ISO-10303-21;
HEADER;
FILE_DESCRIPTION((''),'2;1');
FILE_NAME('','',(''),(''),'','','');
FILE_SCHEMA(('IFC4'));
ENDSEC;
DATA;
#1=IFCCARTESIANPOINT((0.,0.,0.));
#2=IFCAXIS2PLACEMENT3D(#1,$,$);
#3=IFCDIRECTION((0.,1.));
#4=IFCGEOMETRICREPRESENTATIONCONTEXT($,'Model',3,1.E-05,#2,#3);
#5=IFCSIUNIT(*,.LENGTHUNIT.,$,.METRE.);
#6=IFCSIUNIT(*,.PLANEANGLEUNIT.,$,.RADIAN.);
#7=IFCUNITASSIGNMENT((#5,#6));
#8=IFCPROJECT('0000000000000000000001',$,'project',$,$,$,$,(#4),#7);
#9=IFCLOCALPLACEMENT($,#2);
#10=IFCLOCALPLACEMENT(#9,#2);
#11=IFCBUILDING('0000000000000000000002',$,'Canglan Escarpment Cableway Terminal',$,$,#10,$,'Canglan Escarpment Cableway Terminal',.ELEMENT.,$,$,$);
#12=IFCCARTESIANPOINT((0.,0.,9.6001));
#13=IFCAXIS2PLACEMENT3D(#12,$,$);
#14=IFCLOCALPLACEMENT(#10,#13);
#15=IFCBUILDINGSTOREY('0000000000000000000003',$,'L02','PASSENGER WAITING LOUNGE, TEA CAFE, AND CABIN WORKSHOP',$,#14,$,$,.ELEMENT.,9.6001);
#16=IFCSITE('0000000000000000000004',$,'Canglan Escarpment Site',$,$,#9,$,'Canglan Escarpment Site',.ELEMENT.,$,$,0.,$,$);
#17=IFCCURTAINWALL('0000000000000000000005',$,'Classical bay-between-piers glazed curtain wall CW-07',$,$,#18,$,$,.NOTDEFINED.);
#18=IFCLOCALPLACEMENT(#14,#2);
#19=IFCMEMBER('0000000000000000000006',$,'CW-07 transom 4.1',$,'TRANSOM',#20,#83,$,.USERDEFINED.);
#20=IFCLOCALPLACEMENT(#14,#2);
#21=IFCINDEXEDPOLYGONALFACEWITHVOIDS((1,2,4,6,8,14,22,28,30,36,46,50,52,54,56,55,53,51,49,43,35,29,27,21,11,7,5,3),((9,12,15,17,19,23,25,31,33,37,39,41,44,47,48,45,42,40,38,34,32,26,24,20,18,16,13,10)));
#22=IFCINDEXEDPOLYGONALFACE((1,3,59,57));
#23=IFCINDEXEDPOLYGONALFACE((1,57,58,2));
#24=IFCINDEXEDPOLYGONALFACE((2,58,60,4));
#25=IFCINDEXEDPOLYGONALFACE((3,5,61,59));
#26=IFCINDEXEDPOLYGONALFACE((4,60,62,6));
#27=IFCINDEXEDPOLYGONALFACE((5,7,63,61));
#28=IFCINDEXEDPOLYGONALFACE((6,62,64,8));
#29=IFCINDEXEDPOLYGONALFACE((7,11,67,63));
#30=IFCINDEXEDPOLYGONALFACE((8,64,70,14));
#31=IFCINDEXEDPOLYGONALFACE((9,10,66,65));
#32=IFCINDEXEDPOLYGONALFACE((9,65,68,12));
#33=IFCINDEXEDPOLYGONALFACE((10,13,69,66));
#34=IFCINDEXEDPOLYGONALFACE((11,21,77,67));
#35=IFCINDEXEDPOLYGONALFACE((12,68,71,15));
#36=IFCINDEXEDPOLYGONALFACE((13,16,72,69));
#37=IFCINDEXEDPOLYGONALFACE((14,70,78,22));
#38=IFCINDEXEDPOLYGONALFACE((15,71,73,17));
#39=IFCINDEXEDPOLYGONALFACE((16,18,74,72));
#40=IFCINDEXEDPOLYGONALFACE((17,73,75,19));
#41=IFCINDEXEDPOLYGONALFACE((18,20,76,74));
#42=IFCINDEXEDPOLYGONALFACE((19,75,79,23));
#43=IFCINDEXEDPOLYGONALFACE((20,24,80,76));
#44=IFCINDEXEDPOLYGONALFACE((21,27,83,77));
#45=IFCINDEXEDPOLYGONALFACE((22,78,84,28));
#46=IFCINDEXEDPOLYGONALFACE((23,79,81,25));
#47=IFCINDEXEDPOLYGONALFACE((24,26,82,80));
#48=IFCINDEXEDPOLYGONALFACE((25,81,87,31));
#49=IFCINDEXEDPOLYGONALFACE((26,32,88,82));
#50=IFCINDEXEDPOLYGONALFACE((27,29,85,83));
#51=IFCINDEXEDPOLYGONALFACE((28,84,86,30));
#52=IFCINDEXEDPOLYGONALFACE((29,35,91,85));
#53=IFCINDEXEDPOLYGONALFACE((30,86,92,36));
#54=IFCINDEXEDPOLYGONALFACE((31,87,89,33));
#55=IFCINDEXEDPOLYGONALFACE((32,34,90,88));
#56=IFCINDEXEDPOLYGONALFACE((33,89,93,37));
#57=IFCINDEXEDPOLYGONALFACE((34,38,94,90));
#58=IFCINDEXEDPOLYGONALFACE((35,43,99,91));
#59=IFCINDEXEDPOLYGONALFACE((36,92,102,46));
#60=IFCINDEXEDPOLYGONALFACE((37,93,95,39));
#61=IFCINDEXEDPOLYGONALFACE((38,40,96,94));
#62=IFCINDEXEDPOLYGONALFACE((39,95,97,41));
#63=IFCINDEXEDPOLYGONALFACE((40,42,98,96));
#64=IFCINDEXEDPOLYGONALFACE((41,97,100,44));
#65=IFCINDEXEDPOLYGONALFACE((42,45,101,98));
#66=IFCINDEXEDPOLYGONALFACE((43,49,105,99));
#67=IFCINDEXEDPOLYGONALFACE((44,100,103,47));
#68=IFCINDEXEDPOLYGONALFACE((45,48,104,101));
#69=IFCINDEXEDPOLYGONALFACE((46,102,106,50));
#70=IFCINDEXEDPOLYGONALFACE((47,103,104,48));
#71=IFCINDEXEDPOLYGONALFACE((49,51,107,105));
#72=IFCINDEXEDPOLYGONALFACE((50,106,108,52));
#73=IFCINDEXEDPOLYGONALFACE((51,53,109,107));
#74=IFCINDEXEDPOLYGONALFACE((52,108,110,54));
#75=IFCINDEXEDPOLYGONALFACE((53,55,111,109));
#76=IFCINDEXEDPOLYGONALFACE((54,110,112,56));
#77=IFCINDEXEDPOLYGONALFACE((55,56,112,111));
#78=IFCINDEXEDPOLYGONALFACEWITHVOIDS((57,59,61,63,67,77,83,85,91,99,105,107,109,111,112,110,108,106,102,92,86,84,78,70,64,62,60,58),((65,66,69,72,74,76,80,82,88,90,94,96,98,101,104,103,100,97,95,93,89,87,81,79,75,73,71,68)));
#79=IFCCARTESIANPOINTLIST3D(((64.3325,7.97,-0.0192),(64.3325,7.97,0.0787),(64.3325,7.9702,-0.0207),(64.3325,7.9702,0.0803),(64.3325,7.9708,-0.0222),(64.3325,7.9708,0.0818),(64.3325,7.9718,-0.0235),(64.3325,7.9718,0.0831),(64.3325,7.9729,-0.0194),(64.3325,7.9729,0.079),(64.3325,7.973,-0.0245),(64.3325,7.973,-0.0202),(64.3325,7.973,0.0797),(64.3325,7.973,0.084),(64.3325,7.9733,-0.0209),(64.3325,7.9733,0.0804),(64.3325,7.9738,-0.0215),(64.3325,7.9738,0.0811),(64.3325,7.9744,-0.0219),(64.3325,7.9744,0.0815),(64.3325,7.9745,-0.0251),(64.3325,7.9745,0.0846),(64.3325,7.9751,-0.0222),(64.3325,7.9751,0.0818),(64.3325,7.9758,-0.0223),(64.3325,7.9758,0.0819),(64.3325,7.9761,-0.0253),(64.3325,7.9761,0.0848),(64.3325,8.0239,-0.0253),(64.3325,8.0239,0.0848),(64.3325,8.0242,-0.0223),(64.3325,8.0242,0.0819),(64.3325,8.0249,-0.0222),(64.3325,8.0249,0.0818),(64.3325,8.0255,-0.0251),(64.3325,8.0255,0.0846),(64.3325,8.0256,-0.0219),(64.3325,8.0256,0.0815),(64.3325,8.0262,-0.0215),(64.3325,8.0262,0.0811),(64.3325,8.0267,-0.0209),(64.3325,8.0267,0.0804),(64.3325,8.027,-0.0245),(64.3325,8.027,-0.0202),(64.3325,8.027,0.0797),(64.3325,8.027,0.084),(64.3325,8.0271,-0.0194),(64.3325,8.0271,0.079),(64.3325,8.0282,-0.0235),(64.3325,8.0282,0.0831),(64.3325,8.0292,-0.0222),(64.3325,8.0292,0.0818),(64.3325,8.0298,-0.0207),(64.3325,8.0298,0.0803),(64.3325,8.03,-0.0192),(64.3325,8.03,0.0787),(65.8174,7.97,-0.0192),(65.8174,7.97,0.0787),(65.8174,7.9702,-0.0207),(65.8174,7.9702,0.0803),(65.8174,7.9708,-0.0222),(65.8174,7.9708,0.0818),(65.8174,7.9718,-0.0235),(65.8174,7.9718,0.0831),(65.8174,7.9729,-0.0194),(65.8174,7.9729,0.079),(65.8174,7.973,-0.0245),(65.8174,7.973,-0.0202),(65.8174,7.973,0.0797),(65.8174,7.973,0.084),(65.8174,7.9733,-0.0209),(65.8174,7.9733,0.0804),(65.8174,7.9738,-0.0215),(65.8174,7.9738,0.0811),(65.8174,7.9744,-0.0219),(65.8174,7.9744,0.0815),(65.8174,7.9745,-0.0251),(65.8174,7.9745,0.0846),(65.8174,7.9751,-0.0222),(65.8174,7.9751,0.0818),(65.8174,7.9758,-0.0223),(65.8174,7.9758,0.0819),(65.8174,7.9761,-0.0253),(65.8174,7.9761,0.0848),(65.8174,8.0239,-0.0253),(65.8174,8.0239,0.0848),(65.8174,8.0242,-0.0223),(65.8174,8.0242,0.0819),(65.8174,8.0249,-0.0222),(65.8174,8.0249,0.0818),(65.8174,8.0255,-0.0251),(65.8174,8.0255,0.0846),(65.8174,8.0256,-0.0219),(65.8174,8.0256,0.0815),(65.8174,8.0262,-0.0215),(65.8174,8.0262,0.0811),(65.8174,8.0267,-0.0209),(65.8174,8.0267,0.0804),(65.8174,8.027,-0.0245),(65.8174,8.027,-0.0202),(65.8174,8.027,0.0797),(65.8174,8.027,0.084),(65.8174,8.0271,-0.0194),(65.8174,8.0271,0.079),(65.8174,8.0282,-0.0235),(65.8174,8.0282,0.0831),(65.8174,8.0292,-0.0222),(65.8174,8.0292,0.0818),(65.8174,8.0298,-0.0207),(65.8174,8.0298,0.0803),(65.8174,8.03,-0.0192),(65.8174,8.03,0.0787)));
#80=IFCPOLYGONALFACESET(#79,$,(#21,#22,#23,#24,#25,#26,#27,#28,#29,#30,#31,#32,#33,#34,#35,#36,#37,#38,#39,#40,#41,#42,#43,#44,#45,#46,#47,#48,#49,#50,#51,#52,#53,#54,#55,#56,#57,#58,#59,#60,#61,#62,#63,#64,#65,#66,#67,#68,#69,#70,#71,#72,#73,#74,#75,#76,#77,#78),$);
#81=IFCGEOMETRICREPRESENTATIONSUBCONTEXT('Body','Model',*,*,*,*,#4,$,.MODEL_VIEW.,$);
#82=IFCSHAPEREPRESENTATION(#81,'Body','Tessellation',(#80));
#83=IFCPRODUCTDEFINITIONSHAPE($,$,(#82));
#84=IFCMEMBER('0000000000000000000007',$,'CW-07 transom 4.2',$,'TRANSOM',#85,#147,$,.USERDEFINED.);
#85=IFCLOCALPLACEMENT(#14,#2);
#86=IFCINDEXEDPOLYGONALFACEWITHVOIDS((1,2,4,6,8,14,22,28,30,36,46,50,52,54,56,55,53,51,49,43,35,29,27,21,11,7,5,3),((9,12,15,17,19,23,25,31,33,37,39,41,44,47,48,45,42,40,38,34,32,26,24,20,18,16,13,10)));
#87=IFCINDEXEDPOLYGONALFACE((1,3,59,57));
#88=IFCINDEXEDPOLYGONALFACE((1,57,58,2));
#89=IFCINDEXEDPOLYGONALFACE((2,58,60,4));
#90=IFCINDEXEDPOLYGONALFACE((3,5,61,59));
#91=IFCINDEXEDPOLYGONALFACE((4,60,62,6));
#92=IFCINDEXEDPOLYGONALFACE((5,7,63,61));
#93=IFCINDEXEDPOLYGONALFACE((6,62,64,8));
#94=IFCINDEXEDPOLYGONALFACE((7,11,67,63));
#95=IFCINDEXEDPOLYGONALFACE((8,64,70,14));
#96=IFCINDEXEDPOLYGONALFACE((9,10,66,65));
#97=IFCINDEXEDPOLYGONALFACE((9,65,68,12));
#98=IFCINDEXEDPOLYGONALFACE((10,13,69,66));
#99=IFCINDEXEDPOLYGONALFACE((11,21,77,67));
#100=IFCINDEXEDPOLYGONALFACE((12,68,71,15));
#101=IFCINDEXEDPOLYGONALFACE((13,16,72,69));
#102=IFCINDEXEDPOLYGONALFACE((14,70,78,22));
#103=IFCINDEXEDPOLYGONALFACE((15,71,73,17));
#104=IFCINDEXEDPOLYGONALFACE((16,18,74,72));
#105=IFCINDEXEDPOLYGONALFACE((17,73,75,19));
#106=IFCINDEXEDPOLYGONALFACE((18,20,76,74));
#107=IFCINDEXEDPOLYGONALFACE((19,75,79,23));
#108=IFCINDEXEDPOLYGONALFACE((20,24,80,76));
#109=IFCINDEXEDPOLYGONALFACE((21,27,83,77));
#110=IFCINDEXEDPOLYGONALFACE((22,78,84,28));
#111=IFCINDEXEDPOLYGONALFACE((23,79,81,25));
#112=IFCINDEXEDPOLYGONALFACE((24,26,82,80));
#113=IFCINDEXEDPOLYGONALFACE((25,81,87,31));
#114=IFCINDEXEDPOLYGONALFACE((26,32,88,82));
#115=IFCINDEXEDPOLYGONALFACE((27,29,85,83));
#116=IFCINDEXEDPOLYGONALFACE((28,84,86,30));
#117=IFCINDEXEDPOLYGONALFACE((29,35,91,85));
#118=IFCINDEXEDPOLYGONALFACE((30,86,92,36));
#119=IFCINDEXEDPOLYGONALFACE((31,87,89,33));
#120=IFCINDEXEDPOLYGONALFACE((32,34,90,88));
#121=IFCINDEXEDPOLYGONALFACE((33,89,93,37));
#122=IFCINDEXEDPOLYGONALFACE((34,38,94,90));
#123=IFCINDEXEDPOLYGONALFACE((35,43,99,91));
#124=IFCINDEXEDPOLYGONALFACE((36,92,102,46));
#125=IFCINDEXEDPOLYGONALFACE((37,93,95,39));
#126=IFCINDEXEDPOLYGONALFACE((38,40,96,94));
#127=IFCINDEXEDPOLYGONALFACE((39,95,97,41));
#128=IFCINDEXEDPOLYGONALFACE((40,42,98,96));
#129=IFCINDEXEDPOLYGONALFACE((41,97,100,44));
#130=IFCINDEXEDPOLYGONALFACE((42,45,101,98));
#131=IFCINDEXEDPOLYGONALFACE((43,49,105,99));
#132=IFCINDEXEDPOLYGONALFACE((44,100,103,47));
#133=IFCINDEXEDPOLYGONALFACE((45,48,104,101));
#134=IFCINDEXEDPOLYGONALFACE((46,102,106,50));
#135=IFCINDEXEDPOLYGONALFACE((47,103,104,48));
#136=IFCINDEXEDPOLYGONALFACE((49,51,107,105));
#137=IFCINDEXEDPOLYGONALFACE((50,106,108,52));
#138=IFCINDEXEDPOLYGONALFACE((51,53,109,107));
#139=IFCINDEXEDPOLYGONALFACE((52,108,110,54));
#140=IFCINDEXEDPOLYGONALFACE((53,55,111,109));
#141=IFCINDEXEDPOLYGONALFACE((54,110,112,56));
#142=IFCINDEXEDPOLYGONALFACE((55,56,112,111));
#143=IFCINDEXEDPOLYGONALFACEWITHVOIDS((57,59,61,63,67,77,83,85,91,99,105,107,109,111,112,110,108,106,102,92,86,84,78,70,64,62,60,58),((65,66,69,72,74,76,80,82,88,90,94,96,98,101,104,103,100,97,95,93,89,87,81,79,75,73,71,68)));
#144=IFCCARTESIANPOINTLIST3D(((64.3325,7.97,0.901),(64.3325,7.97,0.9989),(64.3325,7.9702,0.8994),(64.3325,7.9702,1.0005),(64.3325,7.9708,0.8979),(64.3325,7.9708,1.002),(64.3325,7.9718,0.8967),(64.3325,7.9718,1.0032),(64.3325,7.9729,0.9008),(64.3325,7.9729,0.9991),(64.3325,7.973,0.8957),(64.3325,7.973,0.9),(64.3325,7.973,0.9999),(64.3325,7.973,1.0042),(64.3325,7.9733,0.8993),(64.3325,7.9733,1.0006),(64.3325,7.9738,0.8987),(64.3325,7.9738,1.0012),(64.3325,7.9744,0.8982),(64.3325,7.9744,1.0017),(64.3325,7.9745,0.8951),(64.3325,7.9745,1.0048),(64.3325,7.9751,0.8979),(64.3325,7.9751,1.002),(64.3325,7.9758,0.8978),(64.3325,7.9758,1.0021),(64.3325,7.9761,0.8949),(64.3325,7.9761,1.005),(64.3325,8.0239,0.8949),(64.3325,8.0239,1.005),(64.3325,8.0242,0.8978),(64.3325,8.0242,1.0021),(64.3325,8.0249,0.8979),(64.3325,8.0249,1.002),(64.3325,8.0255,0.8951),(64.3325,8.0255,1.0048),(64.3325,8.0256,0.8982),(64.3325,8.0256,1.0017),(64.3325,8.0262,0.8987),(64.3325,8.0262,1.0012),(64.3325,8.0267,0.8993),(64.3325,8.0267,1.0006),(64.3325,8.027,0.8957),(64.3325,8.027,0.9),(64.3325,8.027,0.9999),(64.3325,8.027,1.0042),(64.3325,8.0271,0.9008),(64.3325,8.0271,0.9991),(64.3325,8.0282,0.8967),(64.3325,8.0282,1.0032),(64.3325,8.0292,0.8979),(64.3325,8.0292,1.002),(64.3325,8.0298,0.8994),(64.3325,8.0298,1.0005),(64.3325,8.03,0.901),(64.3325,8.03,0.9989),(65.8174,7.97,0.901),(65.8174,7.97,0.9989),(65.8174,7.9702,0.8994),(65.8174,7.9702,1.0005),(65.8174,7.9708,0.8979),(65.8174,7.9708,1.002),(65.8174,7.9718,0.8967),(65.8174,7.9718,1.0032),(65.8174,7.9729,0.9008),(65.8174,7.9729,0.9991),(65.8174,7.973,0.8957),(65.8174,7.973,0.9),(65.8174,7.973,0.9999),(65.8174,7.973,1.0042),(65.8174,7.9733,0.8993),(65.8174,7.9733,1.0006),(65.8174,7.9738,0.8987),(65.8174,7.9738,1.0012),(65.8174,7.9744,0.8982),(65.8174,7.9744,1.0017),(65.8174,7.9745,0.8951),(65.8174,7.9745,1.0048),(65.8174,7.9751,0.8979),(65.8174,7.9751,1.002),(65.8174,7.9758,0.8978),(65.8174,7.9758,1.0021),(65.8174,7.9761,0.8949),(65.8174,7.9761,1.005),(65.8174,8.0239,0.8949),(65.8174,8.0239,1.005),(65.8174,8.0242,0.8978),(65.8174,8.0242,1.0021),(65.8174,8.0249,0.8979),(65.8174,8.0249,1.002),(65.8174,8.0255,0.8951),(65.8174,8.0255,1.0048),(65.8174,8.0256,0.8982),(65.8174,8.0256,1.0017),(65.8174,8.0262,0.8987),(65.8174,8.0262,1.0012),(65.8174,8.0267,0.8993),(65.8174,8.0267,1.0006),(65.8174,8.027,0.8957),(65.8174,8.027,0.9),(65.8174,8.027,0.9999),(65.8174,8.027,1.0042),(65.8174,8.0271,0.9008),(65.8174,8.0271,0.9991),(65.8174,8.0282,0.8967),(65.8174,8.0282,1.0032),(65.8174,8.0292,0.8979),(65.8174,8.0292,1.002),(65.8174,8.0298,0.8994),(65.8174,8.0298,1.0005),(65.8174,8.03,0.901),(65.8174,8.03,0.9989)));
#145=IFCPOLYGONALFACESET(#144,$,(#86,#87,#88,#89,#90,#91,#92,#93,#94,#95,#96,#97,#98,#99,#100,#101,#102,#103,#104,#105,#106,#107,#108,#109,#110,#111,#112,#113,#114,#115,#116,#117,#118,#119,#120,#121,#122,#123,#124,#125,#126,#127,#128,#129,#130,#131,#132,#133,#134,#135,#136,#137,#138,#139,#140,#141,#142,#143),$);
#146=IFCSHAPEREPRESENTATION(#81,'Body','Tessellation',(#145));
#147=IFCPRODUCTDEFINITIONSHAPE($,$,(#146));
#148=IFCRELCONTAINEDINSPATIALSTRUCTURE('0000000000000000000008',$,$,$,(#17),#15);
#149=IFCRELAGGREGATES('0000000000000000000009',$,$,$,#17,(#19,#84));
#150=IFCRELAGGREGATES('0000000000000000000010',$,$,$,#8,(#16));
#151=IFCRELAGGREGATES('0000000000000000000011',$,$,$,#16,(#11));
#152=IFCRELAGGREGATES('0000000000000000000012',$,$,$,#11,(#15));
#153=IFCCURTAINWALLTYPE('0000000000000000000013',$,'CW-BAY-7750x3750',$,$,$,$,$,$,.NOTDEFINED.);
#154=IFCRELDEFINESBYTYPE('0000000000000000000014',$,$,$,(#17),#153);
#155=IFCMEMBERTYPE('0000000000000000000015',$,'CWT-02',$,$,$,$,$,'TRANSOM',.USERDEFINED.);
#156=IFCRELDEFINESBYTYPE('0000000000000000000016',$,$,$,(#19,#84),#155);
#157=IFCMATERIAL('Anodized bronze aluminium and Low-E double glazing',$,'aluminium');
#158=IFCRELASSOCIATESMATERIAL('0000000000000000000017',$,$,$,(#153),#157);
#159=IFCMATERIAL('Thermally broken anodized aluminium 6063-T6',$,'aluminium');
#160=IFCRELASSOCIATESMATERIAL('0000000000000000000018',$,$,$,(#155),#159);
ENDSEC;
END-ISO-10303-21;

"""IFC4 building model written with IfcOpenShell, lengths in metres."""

from ifc_helpers import new_model, si_unit, direction, frame, origin, origin_2d, place, context, subcontext, project, spatial, hollow_rectangle, extrude, material, material_profile, profile_set, type_object, element, aggregate, save


model = new_model("IFC4")

# Units and contexts
model_context = context("Model", 3, precision=1e-05, world=origin(), true_north=direction((0.0, 1.0)))
body_context = subcontext(model_context, "Body", "Model", "MODEL_VIEW")
ifc_project = project(units=[si_unit("LENGTHUNIT", "METRE"), si_unit("PLANEANGLEUNIT", "RADIAN")], contexts=[model_context])

# Site, building, storey
site_placement = place(None, origin())
site = spatial("IfcSite", under=ifc_project, at=site_placement, Name="Canglan Escarpment Site", LongName="Canglan Escarpment Site", CompositionType="ELEMENT", RefElevation=0.0)
building_placement = place(site_placement, origin())
building = spatial("IfcBuilding", under=site, at=building_placement, Name="Canglan Escarpment Cableway Terminal", LongName="Canglan Escarpment Cableway Terminal", CompositionType="ELEMENT")
storey_placement = place(building_placement, frame((0.0, 0.0, 9.6001)))
storey = spatial("IfcBuildingStorey", under=building, at=storey_placement, Name="L02", Description="PASSENGER WAITING LOUNGE, TEA CAFE, AND CABIN WORKSHOP", CompositionType="ELEMENT", Elevation=9.6001)

# Curtain wall, members
ifc_material_1 = material(Name="Anodized bronze aluminium and Low-E double glazing", Category="aluminium")
curtain_wall_type = type_object("IfcCurtainWallType", Name="CW-BAY-7750x3750", PredefinedType="NOTDEFINED", material=ifc_material_1)
curtain_wall_placement = place(storey_placement, origin())
curtain_wall = element("IfcCurtainWall", 1, at=curtain_wall_placement, inside=storey, type_object=curtain_wall_type, Name="Classical bay-between-piers glazed curtain wall CW-07", PredefinedType="NOTDEFINED")
ifc_material_2 = material(Name="Thermally broken anodized aluminium 6063-T6", Category="aluminium")
ifc_material_profile_1 = material_profile(ifc_material_2, hollow_rectangle(XDim=0.0601, YDim=0.1101, WallThickness=0.0029, InnerFilletRadius=0.0029, OuterFilletRadius=0.0061, at=origin_2d()), Name="ALU-TRAN 60x110x3")
ifc_profile_set_1 = profile_set([ifc_material_profile_1], Name="Thermally broken anodized aluminium 6063-T6")
member_type_1 = type_object("IfcMemberType", Name="CWT-02", ElementType="TRANSOM", PredefinedType="USERDEFINED", material=ifc_profile_set_1)
member_1_placement = place(storey_placement, frame((64.3325, 8.0, 0.0298), z_axis=(1.0, 0.0, 0.0), x_axis=(0.0, 1.0, 0.0)))
member_1 = element("IfcMember", 2, at=member_1_placement, type_object=member_type_1, Name="CW-07 transom 4.1", ObjectType="TRANSOM", PredefinedType="USERDEFINED", context=body_context, shape_type="SweptSolid", body=[
    extrude(hollow_rectangle(XDim=0.0601, YDim=0.1101, WallThickness=0.0029, InnerFilletRadius=0.0029, OuterFilletRadius=0.0061, at=origin_2d()), origin(), (0.0, 0.0, 1.0), 1.4849),
])
member_2_placement = place(storey_placement, frame((64.3325, 8.0, 0.95), z_axis=(1.0, 0.0, 0.0), x_axis=(0.0, 1.0, 0.0)))
member_2 = element("IfcMember", 3, at=member_2_placement, type_object=member_type_1, Name="CW-07 transom 4.2", ObjectType="TRANSOM", PredefinedType="USERDEFINED", context=body_context, shape_type="SweptSolid", body=[
    extrude(hollow_rectangle(XDim=0.0601, YDim=0.1101, WallThickness=0.0029, InnerFilletRadius=0.0029, OuterFilletRadius=0.0061, at=origin_2d()), origin(), (0.0, 0.0, 1.0), 1.4849),
])

aggregate(curtain_wall, [member_1, member_2])

save(model, "model.ifc")
